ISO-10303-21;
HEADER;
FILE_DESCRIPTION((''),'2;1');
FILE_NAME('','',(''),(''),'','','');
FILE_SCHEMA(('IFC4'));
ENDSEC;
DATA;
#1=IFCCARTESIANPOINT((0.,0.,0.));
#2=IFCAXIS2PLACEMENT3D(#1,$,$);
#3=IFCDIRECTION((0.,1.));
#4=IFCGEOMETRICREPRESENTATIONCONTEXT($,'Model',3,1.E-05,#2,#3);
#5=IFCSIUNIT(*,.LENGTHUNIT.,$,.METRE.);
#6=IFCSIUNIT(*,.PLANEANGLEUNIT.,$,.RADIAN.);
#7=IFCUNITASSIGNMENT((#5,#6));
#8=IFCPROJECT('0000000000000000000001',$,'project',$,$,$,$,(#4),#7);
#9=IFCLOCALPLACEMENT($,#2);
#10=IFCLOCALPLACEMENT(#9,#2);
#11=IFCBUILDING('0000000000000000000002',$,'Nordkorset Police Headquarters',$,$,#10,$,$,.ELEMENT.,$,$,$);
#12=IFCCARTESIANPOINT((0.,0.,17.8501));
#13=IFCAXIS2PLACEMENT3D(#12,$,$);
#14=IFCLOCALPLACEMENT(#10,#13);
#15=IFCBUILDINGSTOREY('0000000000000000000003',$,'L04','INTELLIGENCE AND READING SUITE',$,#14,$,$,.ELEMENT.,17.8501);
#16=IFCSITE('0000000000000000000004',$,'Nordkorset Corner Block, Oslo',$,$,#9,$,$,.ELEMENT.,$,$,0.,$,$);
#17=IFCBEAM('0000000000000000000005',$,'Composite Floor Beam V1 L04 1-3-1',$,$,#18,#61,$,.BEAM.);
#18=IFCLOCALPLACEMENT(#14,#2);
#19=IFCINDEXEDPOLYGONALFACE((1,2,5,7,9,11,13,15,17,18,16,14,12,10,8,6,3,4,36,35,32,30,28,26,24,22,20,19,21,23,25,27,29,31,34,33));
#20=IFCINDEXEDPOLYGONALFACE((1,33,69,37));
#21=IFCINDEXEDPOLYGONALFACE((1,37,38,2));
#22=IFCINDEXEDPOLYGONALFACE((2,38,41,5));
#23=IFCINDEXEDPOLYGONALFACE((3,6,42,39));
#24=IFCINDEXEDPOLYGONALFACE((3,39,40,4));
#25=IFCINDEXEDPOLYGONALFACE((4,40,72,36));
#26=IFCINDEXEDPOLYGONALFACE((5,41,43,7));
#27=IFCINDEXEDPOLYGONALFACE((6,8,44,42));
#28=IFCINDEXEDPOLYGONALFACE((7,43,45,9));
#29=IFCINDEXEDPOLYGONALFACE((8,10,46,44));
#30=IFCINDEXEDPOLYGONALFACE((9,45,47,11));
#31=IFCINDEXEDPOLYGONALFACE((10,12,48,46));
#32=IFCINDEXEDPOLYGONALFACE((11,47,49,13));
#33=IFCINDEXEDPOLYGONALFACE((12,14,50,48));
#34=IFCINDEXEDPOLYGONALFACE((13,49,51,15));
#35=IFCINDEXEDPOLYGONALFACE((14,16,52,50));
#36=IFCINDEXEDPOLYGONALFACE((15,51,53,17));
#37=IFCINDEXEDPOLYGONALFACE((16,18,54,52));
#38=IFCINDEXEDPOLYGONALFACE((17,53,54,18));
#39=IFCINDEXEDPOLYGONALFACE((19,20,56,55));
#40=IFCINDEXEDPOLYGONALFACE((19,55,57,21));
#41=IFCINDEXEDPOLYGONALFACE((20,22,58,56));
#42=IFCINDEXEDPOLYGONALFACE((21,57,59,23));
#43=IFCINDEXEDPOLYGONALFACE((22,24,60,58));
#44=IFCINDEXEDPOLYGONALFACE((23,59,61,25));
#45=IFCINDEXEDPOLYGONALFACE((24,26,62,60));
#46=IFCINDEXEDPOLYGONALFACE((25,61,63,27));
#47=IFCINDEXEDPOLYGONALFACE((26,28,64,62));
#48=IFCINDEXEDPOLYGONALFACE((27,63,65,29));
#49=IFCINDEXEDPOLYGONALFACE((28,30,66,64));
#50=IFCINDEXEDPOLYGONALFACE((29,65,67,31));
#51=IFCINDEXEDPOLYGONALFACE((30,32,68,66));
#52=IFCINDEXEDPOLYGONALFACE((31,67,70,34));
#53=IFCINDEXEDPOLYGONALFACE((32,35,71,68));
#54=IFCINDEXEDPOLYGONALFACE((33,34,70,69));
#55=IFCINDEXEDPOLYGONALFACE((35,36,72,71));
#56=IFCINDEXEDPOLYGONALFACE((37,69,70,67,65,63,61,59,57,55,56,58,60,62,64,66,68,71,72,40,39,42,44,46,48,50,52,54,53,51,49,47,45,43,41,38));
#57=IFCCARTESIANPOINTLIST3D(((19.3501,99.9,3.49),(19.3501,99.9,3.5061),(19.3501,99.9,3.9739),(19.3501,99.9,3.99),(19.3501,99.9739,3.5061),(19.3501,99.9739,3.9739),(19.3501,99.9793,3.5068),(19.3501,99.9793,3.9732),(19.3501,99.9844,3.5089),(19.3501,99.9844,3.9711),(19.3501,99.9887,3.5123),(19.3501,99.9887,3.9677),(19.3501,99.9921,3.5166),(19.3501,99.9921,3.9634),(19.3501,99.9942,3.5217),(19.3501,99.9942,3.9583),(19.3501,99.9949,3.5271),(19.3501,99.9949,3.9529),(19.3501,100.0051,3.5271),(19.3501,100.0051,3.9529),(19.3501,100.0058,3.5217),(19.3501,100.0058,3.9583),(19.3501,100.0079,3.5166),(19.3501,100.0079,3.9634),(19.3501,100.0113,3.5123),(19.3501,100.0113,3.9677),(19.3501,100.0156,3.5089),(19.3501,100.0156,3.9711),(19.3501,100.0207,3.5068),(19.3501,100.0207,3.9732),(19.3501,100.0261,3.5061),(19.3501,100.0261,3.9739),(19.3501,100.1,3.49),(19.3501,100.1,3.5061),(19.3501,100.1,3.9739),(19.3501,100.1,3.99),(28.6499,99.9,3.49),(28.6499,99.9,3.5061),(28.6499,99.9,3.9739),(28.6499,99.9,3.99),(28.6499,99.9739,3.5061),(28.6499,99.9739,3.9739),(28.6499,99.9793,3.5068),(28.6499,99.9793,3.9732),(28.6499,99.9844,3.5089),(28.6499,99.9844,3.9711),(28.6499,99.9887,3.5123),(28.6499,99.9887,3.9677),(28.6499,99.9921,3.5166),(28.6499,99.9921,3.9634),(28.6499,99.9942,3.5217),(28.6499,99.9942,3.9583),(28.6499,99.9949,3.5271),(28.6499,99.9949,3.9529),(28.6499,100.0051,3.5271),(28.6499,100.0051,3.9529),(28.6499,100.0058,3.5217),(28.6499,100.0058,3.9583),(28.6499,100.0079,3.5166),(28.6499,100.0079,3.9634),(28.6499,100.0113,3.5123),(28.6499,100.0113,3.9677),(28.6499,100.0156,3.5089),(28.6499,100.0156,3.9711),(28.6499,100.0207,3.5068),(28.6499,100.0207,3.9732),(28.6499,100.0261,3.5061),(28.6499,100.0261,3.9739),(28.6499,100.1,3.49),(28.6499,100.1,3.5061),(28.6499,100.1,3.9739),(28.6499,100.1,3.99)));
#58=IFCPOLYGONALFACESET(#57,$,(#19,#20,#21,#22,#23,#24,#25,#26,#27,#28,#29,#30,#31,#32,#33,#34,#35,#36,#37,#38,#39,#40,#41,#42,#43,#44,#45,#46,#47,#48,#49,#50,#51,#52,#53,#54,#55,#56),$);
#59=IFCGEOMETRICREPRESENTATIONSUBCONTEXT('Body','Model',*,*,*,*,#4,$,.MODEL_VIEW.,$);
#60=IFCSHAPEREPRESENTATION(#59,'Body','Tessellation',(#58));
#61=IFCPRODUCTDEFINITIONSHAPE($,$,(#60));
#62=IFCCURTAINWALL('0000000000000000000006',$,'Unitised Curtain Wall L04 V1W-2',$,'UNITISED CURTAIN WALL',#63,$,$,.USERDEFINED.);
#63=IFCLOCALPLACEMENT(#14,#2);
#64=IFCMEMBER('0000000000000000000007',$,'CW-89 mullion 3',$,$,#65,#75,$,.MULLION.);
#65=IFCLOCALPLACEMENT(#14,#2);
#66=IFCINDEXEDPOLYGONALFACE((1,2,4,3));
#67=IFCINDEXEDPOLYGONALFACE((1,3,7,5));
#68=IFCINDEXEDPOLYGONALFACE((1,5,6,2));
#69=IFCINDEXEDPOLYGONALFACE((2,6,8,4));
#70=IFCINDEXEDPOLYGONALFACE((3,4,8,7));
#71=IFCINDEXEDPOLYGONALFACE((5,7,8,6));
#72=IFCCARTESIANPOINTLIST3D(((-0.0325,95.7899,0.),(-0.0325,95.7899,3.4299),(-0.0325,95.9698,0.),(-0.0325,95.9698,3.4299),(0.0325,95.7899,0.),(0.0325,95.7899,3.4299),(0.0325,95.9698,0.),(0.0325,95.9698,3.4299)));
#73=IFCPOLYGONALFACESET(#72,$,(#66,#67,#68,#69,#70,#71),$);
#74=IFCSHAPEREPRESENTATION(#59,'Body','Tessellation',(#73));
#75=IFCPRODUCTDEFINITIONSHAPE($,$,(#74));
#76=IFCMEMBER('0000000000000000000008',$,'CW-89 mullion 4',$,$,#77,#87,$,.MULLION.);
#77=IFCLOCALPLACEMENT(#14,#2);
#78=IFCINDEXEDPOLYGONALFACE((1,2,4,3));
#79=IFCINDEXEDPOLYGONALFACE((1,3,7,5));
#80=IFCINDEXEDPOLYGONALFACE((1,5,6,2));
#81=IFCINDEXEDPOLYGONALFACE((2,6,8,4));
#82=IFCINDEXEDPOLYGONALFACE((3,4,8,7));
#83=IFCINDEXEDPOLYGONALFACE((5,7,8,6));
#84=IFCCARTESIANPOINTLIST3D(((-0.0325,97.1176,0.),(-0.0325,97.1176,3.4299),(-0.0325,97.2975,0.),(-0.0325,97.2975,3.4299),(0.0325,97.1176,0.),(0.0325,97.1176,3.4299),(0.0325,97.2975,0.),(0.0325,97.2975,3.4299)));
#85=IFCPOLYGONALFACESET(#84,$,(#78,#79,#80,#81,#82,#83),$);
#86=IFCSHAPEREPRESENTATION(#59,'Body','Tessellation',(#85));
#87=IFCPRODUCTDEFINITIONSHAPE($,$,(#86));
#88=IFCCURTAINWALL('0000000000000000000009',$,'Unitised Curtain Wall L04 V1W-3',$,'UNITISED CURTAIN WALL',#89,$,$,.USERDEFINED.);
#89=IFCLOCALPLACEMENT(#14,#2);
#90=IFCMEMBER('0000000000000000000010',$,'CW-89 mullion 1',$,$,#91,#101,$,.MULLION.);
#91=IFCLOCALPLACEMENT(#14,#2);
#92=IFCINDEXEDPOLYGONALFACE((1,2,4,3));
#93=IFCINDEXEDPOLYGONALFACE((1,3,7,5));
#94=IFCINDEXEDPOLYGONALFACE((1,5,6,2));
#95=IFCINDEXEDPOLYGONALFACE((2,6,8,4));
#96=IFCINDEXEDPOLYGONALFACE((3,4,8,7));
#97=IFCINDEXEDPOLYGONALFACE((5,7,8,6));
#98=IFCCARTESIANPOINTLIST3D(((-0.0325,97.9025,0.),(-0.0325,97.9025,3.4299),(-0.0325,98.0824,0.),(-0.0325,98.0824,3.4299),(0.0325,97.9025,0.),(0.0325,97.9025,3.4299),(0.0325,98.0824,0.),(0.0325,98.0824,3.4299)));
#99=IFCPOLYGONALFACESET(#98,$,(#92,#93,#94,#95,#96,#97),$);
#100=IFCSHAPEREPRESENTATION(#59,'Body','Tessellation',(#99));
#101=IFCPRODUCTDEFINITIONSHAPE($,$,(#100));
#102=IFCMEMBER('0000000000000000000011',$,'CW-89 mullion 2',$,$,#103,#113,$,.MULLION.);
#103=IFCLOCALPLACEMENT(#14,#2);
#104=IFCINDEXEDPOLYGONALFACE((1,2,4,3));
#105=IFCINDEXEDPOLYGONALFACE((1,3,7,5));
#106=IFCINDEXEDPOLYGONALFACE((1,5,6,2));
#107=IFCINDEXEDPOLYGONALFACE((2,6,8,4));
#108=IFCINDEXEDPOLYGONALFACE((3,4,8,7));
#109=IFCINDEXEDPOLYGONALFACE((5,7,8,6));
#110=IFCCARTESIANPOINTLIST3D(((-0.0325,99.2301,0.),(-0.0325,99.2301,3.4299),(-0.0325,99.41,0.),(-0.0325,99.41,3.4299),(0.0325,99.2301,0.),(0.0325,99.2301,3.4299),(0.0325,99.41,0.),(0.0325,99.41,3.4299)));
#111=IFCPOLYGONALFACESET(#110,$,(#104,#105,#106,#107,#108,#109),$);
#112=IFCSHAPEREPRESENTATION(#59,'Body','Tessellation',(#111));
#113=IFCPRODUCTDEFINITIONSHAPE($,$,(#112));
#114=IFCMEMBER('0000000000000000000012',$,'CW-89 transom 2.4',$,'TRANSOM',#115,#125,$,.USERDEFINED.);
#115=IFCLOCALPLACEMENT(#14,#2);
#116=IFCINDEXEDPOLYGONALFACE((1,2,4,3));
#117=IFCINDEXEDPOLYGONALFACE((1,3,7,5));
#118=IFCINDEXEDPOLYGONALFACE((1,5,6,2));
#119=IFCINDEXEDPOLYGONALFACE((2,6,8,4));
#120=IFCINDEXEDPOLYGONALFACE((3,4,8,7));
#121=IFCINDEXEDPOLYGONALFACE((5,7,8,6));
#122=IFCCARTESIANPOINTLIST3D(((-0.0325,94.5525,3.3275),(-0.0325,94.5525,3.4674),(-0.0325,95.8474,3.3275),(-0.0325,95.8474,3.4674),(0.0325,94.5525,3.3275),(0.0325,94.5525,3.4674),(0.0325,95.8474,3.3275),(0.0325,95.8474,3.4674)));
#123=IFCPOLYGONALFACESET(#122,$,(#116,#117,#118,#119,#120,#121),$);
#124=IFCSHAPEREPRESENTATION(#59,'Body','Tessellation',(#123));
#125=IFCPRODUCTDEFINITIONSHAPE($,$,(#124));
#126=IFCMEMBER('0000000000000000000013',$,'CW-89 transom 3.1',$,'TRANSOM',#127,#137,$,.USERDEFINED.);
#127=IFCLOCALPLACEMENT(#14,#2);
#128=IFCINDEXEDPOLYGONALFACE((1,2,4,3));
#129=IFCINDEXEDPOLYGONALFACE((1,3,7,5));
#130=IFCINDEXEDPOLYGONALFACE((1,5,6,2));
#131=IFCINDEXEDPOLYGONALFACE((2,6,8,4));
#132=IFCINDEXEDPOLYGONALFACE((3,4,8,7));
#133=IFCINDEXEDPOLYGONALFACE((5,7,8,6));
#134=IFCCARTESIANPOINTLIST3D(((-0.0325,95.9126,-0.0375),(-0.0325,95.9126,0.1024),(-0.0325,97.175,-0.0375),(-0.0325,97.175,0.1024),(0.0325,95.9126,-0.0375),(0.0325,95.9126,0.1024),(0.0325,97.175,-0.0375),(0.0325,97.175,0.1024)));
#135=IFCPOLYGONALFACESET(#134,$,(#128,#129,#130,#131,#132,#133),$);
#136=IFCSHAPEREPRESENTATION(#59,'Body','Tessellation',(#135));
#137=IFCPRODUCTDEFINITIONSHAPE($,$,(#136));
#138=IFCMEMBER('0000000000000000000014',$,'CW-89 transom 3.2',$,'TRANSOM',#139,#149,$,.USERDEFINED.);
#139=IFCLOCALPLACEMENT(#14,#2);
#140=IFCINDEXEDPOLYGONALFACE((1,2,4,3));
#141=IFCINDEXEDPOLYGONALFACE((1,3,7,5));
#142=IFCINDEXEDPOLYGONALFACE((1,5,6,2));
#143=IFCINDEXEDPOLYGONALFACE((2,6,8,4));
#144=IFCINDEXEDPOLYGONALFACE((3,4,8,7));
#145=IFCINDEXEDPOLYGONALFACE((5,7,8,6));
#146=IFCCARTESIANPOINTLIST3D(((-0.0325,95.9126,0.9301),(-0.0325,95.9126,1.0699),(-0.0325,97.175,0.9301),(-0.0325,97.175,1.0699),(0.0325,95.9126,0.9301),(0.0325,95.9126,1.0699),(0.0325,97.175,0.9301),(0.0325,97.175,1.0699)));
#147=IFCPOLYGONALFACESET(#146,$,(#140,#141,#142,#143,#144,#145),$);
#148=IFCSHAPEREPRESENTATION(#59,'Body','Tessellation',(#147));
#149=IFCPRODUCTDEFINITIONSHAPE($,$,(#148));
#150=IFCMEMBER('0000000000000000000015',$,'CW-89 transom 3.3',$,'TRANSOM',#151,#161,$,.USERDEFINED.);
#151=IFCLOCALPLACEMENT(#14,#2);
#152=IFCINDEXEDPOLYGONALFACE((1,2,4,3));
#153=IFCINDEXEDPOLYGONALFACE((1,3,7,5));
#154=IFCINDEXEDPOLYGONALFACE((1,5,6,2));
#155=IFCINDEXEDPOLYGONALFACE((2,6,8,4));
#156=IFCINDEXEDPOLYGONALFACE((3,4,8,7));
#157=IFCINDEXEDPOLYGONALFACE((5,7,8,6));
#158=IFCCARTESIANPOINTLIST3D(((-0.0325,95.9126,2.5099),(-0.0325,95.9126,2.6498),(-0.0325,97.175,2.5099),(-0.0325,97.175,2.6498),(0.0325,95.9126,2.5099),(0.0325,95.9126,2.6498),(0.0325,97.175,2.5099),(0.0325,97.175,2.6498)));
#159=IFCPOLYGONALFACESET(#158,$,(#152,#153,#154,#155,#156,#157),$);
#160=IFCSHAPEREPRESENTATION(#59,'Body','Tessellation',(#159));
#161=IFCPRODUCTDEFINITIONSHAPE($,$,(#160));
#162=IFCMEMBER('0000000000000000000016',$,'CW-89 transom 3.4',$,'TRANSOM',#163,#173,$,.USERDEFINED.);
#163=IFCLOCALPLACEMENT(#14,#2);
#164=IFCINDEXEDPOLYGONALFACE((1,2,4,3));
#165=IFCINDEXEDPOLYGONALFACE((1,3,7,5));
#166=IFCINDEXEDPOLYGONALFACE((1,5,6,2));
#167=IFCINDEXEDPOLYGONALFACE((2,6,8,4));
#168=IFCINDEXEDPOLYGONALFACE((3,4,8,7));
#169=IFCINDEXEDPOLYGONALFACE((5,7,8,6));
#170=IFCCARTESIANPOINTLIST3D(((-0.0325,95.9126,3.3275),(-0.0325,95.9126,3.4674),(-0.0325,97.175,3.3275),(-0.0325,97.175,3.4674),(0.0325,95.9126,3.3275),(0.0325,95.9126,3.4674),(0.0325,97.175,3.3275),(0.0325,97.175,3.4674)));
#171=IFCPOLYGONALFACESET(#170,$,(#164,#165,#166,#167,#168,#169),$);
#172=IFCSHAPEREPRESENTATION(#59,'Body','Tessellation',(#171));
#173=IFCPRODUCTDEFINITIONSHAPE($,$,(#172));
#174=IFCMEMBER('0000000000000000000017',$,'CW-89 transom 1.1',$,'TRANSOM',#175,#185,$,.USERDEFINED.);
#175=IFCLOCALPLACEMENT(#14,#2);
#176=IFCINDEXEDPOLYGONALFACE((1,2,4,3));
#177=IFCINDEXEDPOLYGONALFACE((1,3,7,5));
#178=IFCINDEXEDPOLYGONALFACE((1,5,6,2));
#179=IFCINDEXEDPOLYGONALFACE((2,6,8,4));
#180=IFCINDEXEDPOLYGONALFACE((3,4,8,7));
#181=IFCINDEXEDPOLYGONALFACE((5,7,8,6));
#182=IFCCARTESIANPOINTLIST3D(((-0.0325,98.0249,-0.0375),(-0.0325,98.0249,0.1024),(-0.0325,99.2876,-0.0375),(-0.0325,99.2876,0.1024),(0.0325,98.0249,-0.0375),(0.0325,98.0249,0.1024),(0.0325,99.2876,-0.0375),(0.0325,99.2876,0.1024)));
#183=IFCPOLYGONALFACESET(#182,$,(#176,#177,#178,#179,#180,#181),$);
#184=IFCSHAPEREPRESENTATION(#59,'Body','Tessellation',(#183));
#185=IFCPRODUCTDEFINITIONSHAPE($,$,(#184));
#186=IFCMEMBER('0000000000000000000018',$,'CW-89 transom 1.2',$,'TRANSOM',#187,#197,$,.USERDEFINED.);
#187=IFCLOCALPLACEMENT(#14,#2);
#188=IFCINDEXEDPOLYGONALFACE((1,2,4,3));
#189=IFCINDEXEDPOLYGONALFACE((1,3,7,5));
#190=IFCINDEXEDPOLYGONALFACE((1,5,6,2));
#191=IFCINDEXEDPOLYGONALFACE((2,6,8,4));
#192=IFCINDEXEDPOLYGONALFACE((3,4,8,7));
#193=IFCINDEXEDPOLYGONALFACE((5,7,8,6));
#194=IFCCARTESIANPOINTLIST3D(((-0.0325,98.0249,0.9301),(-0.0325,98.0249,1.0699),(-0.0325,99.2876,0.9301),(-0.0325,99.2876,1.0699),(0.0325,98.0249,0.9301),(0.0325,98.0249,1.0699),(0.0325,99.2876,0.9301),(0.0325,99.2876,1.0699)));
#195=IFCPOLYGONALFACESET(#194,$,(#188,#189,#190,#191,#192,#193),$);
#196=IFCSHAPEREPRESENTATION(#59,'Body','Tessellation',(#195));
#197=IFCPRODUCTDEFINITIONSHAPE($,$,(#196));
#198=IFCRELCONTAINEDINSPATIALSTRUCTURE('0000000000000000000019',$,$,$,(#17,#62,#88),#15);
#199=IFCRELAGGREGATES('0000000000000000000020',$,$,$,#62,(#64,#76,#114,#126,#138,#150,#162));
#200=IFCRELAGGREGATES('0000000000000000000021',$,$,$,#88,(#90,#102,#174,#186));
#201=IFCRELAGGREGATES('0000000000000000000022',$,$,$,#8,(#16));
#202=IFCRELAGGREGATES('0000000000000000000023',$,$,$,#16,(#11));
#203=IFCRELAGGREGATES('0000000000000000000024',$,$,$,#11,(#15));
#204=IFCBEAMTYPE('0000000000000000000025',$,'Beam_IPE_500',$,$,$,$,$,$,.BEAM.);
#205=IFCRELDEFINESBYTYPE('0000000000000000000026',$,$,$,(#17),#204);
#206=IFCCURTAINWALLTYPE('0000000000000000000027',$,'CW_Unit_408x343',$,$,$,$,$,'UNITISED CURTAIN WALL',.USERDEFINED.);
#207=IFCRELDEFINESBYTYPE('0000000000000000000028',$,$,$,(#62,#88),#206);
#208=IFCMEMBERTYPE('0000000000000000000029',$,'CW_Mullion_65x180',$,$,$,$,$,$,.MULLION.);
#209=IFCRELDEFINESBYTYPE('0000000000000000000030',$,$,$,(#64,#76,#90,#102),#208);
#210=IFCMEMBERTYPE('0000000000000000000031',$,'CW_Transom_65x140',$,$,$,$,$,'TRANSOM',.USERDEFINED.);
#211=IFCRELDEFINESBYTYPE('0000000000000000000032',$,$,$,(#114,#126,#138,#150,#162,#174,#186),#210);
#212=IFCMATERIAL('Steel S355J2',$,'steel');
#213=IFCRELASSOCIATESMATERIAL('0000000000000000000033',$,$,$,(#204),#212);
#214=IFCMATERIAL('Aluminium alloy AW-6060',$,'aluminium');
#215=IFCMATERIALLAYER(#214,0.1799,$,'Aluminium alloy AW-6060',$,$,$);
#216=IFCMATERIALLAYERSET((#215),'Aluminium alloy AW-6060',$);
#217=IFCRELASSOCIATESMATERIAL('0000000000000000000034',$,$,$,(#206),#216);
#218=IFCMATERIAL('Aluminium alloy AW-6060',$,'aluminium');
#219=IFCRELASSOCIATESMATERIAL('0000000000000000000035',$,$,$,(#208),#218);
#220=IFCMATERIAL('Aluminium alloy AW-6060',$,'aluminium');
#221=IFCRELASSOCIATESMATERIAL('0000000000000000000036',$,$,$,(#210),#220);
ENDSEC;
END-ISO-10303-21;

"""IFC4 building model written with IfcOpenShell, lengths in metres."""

from ifc_helpers import new_model, si_unit, direction, frame, origin, origin_2d, place, context, subcontext, project, spatial, rectangle, i_section, extrude, material, layer, layer_set, material_profile, profile_set, type_object, element, aggregate, save


model = new_model("IFC4")

# Units and contexts
model_context = context("Model", 3, precision=1e-05, world=origin(), true_north=direction((0.0, 1.0)))
body_context = subcontext(model_context, "Body", "Model", "MODEL_VIEW")
ifc_project = project(units=[si_unit("LENGTHUNIT", "METRE"), si_unit("PLANEANGLEUNIT", "RADIAN")], contexts=[model_context])

# Site, building, storey
site_placement = place(None, origin())
site = spatial("IfcSite", under=ifc_project, at=site_placement, Name="Nordkorset Corner Block, Oslo", CompositionType="ELEMENT", RefElevation=0.0)
building_placement = place(site_placement, origin())
building = spatial("IfcBuilding", under=site, at=building_placement, Name="Nordkorset Police Headquarters", CompositionType="ELEMENT")
storey_placement = place(building_placement, frame((0.0, 0.0, 17.8501)))
storey = spatial("IfcBuildingStorey", under=building, at=storey_placement, Name="L04", Description="INTELLIGENCE AND READING SUITE", CompositionType="ELEMENT", Elevation=17.8501)

# Beam
ifc_material_1 = material(Name="Steel S355J2", Category="steel")
ifc_material_profile_1 = material_profile(ifc_material_1, i_section(OverallWidth=0.2, OverallDepth=0.5, WebThickness=0.0103, FlangeThickness=0.0161, FilletRadius=0.021, at=origin_2d()), Name="IPE 500")
ifc_profile_set_1 = profile_set([ifc_material_profile_1], Name="Steel S355J2")
beam_type_1 = type_object("IfcBeamType", Name="Beam_IPE_500", PredefinedType="BEAM", material=ifc_profile_set_1)
beam_1_placement = place(storey_placement, frame((19.3501, 100.0, 3.74), z_axis=(1.0, 0.0, 0.0), x_axis=(0.0, 1.0, 0.0)))
element("IfcBeam", 1, at=beam_1_placement, inside=storey, type_object=beam_type_1, Name="Composite Floor Beam V1 L04 1-3-1", PredefinedType="BEAM", context=body_context, shape_type="SweptSolid", body=[
    extrude(i_section(OverallWidth=0.2, OverallDepth=0.5, WebThickness=0.0103, FlangeThickness=0.0161, FilletRadius=0.021, at=origin_2d()), origin(), (0.0, 0.0, 1.0), 9.2998),
])

# Curtain walls, members
ifc_material_2 = material(Name="Aluminium alloy AW-6060", Category="aluminium")
ifc_layer_1 = layer(ifc_material_2, 0.1799, Name="Aluminium alloy AW-6060")
ifc_layer_set_1 = layer_set([ifc_layer_1], Name="Aluminium alloy AW-6060")
curtain_wall_type = type_object("IfcCurtainWallType", Name="CW_Unit_408x343", ElementType="UNITISED CURTAIN WALL", PredefinedType="USERDEFINED", material=ifc_layer_set_1)
curtain_wall_1_placement = place(storey_placement, origin())
curtain_wall_1 = element("IfcCurtainWall", 2, at=curtain_wall_1_placement, inside=storey, type_object=curtain_wall_type, Name="Unitised Curtain Wall L04 V1W-2", ObjectType="UNITISED CURTAIN WALL", PredefinedType="USERDEFINED")
ifc_material_3 = material(Name="Aluminium alloy AW-6060", Category="aluminium")
ifc_material_profile_2 = material_profile(ifc_material_3, rectangle(XDim=0.0649, YDim=0.1799, at=origin_2d()), Name="ALU MULL 65x180")
ifc_profile_set_2 = profile_set([ifc_material_profile_2], Name="Aluminium alloy AW-6060")
member_type_1 = type_object("IfcMemberType", Name="CW_Mullion_65x180", PredefinedType="MULLION", material=ifc_profile_set_2)
member_1_placement = place(storey_placement, frame((0.0, 95.8799, 0.0), z_axis=(0.0, 0.0, 1.0), x_axis=(-1.0, 0.0, 0.0)))
member_1 = element("IfcMember", 3, at=member_1_placement, type_object=member_type_1, Name="CW-89 mullion 3", PredefinedType="MULLION", context=body_context, shape_type="SweptSolid", body=[
    extrude(rectangle(XDim=0.0649, YDim=0.1799, at=origin_2d()), origin(), (0.0, 0.0, 1.0), 3.4299),
])
member_2_placement = place(storey_placement, frame((0.0, 97.2075, 0.0), z_axis=(0.0, 0.0, 1.0), x_axis=(-1.0, 0.0, 0.0)))
member_2 = element("IfcMember", 4, at=member_2_placement, type_object=member_type_1, Name="CW-89 mullion 4", PredefinedType="MULLION", context=body_context, shape_type="SweptSolid", body=[
    extrude(rectangle(XDim=0.0649, YDim=0.1799, at=origin_2d()), origin(), (0.0, 0.0, 1.0), 3.4299),
])
curtain_wall_2_placement = place(storey_placement, origin())
curtain_wall_2 = element("IfcCurtainWall", 5, at=curtain_wall_2_placement, inside=storey, type_object=curtain_wall_type, Name="Unitised Curtain Wall L04 V1W-3", ObjectType="UNITISED CURTAIN WALL", PredefinedType="USERDEFINED")
member_3_placement = place(storey_placement, frame((0.0, 97.9924, 0.0), z_axis=(0.0, 0.0, 1.0), x_axis=(-1.0, 0.0, 0.0)))
member_3 = element("IfcMember", 6, at=member_3_placement, type_object=member_type_1, Name="CW-89 mullion 1", PredefinedType="MULLION", context=body_context, shape_type="SweptSolid", body=[
    extrude(rectangle(XDim=0.0649, YDim=0.1799, at=origin_2d()), origin(), (0.0, 0.0, 1.0), 3.4299),
])
member_4_placement = place(storey_placement, frame((0.0, 99.3201, 0.0), z_axis=(0.0, 0.0, 1.0), x_axis=(-1.0, 0.0, 0.0)))
member_4 = element("IfcMember", 7, at=member_4_placement, type_object=member_type_1, Name="CW-89 mullion 2", PredefinedType="MULLION", context=body_context, shape_type="SweptSolid", body=[
    extrude(rectangle(XDim=0.0649, YDim=0.1799, at=origin_2d()), origin(), (0.0, 0.0, 1.0), 3.4299),
])

# Members
ifc_material_4 = material(Name="Aluminium alloy AW-6060", Category="aluminium")
ifc_material_profile_3 = material_profile(ifc_material_4, rectangle(XDim=0.0649, YDim=0.1399, at=origin_2d()), Name="ALU TRAN 65x140")
ifc_profile_set_3 = profile_set([ifc_material_profile_3], Name="Aluminium alloy AW-6060")
member_type_2 = type_object("IfcMemberType", Name="CW_Transom_65x140", ElementType="TRANSOM", PredefinedType="USERDEFINED", material=ifc_profile_set_3)
member_5_placement = place(storey_placement, frame((0.0, 94.5525, 3.3975), z_axis=(0.0, 1.0, 0.0), x_axis=(-1.0, 0.0, 0.0)))
member_5 = element("IfcMember", 8, at=member_5_placement, type_object=member_type_2, Name="CW-89 transom 2.4", ObjectType="TRANSOM", PredefinedType="USERDEFINED", context=body_context, shape_type="SweptSolid", body=[
    extrude(rectangle(XDim=0.0649, YDim=0.1399, at=origin_2d()), origin(), (0.0, 0.0, 1.0), 1.2949),
])
member_6_placement = place(storey_placement, frame((0.0, 95.9126, 0.0325), z_axis=(0.0, 1.0, 0.0), x_axis=(-1.0, 0.0, 0.0)))
member_6 = element("IfcMember", 9, at=member_6_placement, type_object=member_type_2, Name="CW-89 transom 3.1", ObjectType="TRANSOM", PredefinedType="USERDEFINED", context=body_context, shape_type="SweptSolid", body=[
    extrude(rectangle(XDim=0.0649, YDim=0.1399, at=origin_2d()), origin(), (0.0, 0.0, 1.0), 1.2625),
])
member_7_placement = place(storey_placement, frame((0.0, 95.9126, 1.0), z_axis=(0.0, 1.0, 0.0), x_axis=(-1.0, 0.0, 0.0)))
member_7 = element("IfcMember", 10, at=member_7_placement, type_object=member_type_2, Name="CW-89 transom 3.2", ObjectType="TRANSOM", PredefinedType="USERDEFINED", context=body_context, shape_type="SweptSolid", body=[
    extrude(rectangle(XDim=0.0649, YDim=0.1399, at=origin_2d()), origin(), (0.0, 0.0, 1.0), 1.2625),
])
member_8_placement = place(storey_placement, frame((0.0, 95.9126, 2.5798), z_axis=(0.0, 1.0, 0.0), x_axis=(-1.0, 0.0, 0.0)))
member_8 = element("IfcMember", 11, at=member_8_placement, type_object=member_type_2, Name="CW-89 transom 3.3", ObjectType="TRANSOM", PredefinedType="USERDEFINED", context=body_context, shape_type="SweptSolid", body=[
    extrude(rectangle(XDim=0.0649, YDim=0.1399, at=origin_2d()), origin(), (0.0, 0.0, 1.0), 1.2625),
])
member_9_placement = place(storey_placement, frame((0.0, 95.9126, 3.3975), z_axis=(0.0, 1.0, 0.0), x_axis=(-1.0, 0.0, 0.0)))
member_9 = element("IfcMember", 12, at=member_9_placement, type_object=member_type_2, Name="CW-89 transom 3.4", ObjectType="TRANSOM", PredefinedType="USERDEFINED", context=body_context, shape_type="SweptSolid", body=[
    extrude(rectangle(XDim=0.0649, YDim=0.1399, at=origin_2d()), origin(), (0.0, 0.0, 1.0), 1.2625),
])
member_10_placement = place(storey_placement, frame((0.0, 98.0249, 0.0325), z_axis=(0.0, 1.0, 0.0), x_axis=(-1.0, 0.0, 0.0)))
member_10 = element("IfcMember", 13, at=member_10_placement, type_object=member_type_2, Name="CW-89 transom 1.1", ObjectType="TRANSOM", PredefinedType="USERDEFINED", context=body_context, shape_type="SweptSolid", body=[
    extrude(rectangle(XDim=0.0649, YDim=0.1399, at=origin_2d()), origin(), (0.0, 0.0, 1.0), 1.2627),
])
member_11_placement = place(storey_placement, frame((0.0, 98.0249, 1.0), z_axis=(0.0, 1.0, 0.0), x_axis=(-1.0, 0.0, 0.0)))
member_11 = element("IfcMember", 14, at=member_11_placement, type_object=member_type_2, Name="CW-89 transom 1.2", ObjectType="TRANSOM", PredefinedType="USERDEFINED", context=body_context, shape_type="SweptSolid", body=[
    extrude(rectangle(XDim=0.0649, YDim=0.1399, at=origin_2d()), origin(), (0.0, 0.0, 1.0), 1.2627),
])

aggregate(curtain_wall_1, [member_1, member_2, member_5, member_6, member_7, member_8, member_9])
aggregate(curtain_wall_2, [member_3, member_4, member_10, member_11])

save(model, "model.ifc")
